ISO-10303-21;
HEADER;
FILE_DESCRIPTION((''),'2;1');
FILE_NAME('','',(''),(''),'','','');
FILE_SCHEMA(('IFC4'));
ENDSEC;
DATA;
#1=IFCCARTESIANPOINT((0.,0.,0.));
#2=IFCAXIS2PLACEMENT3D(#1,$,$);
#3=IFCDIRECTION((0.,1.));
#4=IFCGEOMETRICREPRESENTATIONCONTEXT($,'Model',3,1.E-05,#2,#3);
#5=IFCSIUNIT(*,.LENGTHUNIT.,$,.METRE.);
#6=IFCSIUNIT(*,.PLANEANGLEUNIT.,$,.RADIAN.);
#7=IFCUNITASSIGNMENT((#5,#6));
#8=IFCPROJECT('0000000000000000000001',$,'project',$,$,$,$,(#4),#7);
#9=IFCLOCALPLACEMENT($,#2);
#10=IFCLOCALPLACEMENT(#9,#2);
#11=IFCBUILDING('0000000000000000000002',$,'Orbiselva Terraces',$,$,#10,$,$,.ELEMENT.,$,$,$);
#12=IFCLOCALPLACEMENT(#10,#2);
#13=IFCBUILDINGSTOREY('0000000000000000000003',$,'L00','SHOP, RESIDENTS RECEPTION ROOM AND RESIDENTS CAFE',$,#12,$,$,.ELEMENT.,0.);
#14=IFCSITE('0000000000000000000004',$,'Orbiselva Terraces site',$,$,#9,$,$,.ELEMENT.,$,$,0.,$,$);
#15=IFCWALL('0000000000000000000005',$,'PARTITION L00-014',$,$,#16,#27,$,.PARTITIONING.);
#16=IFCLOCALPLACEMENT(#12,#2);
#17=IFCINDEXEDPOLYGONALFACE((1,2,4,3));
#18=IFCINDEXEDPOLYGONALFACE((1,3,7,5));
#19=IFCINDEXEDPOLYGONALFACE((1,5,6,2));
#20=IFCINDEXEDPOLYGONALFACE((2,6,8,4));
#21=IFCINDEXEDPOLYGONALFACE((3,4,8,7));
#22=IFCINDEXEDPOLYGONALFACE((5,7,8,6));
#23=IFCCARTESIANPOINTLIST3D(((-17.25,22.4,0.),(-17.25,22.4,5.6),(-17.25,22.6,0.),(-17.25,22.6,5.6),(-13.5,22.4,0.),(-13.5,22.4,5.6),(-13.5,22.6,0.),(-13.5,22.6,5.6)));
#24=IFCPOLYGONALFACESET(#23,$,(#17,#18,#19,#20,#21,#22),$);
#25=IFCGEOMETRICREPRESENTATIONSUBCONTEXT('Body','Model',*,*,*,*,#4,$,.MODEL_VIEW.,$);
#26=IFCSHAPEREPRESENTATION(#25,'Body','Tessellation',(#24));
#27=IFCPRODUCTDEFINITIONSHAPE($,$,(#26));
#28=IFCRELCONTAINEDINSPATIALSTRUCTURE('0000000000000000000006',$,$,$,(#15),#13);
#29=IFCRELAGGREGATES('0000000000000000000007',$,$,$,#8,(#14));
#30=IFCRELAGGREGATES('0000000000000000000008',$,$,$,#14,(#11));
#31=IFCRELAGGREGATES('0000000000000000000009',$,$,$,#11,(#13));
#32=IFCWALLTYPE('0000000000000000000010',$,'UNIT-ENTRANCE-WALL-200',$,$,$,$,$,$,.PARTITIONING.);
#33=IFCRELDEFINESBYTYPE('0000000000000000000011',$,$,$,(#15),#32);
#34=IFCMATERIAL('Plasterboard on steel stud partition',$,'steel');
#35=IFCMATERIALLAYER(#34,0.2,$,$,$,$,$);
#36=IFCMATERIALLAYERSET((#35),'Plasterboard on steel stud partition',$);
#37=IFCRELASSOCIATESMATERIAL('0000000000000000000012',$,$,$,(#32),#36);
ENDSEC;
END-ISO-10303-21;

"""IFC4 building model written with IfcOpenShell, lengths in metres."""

from ifc_helpers import new_model, si_unit, direction, frame, frame_2d, origin, place, context, subcontext, project, spatial, rectangle, extrude, material, layer, layer_set, type_object, element, save


model = new_model("IFC4")

# Units and contexts
model_context = context("Model", 3, precision=1e-05, world=origin(), true_north=direction((0.0, 1.0)))
body_context = subcontext(model_context, "Body", "Model", "MODEL_VIEW")
ifc_project = project(units=[si_unit("LENGTHUNIT", "METRE"), si_unit("PLANEANGLEUNIT", "RADIAN")], contexts=[model_context])

# Site, building, storey
site_placement = place(None, origin())
site = spatial("IfcSite", under=ifc_project, at=site_placement, Name="Orbiselva Terraces site", CompositionType="ELEMENT", RefElevation=0.0)
building_placement = place(site_placement, origin())
building = spatial("IfcBuilding", under=site, at=building_placement, Name="Orbiselva Terraces", CompositionType="ELEMENT")
storey_placement = place(building_placement, origin())
storey = spatial("IfcBuildingStorey", under=building, at=storey_placement, Name="L00", Description="SHOP, RESIDENTS RECEPTION ROOM AND RESIDENTS CAFE", CompositionType="ELEMENT", Elevation=0.0)

# Shared definitions
ifc_material_1 = material(Name="Plasterboard on steel stud partition", Category="steel")
ifc_layer_1 = layer(ifc_material_1, 0.2)
ifc_layer_set_1 = layer_set([ifc_layer_1], Name="Plasterboard on steel stud partition")
wall_type = type_object("IfcWallType", Name="UNIT-ENTRANCE-WALL-200", PredefinedType="PARTITIONING", material=ifc_layer_set_1)

# Wall
wall_1_placement = place(storey_placement, frame((-17.25, 22.5, 0.0), z_axis=(0.0, 0.0, 1.0), x_axis=(1.0, 0.0, 0.0)))
element("IfcWall", 1, at=wall_1_placement, inside=storey, type_object=wall_type, Name="PARTITION L00-014", PredefinedType="PARTITIONING", context=body_context, shape_type="SweptSolid", body=[
    extrude(rectangle(XDim=3.75, YDim=0.2, at=frame_2d((1.875, 0.0))), origin(), (0.0, 0.0, 1.0), 5.6),
])

save(model, "model.ifc")
